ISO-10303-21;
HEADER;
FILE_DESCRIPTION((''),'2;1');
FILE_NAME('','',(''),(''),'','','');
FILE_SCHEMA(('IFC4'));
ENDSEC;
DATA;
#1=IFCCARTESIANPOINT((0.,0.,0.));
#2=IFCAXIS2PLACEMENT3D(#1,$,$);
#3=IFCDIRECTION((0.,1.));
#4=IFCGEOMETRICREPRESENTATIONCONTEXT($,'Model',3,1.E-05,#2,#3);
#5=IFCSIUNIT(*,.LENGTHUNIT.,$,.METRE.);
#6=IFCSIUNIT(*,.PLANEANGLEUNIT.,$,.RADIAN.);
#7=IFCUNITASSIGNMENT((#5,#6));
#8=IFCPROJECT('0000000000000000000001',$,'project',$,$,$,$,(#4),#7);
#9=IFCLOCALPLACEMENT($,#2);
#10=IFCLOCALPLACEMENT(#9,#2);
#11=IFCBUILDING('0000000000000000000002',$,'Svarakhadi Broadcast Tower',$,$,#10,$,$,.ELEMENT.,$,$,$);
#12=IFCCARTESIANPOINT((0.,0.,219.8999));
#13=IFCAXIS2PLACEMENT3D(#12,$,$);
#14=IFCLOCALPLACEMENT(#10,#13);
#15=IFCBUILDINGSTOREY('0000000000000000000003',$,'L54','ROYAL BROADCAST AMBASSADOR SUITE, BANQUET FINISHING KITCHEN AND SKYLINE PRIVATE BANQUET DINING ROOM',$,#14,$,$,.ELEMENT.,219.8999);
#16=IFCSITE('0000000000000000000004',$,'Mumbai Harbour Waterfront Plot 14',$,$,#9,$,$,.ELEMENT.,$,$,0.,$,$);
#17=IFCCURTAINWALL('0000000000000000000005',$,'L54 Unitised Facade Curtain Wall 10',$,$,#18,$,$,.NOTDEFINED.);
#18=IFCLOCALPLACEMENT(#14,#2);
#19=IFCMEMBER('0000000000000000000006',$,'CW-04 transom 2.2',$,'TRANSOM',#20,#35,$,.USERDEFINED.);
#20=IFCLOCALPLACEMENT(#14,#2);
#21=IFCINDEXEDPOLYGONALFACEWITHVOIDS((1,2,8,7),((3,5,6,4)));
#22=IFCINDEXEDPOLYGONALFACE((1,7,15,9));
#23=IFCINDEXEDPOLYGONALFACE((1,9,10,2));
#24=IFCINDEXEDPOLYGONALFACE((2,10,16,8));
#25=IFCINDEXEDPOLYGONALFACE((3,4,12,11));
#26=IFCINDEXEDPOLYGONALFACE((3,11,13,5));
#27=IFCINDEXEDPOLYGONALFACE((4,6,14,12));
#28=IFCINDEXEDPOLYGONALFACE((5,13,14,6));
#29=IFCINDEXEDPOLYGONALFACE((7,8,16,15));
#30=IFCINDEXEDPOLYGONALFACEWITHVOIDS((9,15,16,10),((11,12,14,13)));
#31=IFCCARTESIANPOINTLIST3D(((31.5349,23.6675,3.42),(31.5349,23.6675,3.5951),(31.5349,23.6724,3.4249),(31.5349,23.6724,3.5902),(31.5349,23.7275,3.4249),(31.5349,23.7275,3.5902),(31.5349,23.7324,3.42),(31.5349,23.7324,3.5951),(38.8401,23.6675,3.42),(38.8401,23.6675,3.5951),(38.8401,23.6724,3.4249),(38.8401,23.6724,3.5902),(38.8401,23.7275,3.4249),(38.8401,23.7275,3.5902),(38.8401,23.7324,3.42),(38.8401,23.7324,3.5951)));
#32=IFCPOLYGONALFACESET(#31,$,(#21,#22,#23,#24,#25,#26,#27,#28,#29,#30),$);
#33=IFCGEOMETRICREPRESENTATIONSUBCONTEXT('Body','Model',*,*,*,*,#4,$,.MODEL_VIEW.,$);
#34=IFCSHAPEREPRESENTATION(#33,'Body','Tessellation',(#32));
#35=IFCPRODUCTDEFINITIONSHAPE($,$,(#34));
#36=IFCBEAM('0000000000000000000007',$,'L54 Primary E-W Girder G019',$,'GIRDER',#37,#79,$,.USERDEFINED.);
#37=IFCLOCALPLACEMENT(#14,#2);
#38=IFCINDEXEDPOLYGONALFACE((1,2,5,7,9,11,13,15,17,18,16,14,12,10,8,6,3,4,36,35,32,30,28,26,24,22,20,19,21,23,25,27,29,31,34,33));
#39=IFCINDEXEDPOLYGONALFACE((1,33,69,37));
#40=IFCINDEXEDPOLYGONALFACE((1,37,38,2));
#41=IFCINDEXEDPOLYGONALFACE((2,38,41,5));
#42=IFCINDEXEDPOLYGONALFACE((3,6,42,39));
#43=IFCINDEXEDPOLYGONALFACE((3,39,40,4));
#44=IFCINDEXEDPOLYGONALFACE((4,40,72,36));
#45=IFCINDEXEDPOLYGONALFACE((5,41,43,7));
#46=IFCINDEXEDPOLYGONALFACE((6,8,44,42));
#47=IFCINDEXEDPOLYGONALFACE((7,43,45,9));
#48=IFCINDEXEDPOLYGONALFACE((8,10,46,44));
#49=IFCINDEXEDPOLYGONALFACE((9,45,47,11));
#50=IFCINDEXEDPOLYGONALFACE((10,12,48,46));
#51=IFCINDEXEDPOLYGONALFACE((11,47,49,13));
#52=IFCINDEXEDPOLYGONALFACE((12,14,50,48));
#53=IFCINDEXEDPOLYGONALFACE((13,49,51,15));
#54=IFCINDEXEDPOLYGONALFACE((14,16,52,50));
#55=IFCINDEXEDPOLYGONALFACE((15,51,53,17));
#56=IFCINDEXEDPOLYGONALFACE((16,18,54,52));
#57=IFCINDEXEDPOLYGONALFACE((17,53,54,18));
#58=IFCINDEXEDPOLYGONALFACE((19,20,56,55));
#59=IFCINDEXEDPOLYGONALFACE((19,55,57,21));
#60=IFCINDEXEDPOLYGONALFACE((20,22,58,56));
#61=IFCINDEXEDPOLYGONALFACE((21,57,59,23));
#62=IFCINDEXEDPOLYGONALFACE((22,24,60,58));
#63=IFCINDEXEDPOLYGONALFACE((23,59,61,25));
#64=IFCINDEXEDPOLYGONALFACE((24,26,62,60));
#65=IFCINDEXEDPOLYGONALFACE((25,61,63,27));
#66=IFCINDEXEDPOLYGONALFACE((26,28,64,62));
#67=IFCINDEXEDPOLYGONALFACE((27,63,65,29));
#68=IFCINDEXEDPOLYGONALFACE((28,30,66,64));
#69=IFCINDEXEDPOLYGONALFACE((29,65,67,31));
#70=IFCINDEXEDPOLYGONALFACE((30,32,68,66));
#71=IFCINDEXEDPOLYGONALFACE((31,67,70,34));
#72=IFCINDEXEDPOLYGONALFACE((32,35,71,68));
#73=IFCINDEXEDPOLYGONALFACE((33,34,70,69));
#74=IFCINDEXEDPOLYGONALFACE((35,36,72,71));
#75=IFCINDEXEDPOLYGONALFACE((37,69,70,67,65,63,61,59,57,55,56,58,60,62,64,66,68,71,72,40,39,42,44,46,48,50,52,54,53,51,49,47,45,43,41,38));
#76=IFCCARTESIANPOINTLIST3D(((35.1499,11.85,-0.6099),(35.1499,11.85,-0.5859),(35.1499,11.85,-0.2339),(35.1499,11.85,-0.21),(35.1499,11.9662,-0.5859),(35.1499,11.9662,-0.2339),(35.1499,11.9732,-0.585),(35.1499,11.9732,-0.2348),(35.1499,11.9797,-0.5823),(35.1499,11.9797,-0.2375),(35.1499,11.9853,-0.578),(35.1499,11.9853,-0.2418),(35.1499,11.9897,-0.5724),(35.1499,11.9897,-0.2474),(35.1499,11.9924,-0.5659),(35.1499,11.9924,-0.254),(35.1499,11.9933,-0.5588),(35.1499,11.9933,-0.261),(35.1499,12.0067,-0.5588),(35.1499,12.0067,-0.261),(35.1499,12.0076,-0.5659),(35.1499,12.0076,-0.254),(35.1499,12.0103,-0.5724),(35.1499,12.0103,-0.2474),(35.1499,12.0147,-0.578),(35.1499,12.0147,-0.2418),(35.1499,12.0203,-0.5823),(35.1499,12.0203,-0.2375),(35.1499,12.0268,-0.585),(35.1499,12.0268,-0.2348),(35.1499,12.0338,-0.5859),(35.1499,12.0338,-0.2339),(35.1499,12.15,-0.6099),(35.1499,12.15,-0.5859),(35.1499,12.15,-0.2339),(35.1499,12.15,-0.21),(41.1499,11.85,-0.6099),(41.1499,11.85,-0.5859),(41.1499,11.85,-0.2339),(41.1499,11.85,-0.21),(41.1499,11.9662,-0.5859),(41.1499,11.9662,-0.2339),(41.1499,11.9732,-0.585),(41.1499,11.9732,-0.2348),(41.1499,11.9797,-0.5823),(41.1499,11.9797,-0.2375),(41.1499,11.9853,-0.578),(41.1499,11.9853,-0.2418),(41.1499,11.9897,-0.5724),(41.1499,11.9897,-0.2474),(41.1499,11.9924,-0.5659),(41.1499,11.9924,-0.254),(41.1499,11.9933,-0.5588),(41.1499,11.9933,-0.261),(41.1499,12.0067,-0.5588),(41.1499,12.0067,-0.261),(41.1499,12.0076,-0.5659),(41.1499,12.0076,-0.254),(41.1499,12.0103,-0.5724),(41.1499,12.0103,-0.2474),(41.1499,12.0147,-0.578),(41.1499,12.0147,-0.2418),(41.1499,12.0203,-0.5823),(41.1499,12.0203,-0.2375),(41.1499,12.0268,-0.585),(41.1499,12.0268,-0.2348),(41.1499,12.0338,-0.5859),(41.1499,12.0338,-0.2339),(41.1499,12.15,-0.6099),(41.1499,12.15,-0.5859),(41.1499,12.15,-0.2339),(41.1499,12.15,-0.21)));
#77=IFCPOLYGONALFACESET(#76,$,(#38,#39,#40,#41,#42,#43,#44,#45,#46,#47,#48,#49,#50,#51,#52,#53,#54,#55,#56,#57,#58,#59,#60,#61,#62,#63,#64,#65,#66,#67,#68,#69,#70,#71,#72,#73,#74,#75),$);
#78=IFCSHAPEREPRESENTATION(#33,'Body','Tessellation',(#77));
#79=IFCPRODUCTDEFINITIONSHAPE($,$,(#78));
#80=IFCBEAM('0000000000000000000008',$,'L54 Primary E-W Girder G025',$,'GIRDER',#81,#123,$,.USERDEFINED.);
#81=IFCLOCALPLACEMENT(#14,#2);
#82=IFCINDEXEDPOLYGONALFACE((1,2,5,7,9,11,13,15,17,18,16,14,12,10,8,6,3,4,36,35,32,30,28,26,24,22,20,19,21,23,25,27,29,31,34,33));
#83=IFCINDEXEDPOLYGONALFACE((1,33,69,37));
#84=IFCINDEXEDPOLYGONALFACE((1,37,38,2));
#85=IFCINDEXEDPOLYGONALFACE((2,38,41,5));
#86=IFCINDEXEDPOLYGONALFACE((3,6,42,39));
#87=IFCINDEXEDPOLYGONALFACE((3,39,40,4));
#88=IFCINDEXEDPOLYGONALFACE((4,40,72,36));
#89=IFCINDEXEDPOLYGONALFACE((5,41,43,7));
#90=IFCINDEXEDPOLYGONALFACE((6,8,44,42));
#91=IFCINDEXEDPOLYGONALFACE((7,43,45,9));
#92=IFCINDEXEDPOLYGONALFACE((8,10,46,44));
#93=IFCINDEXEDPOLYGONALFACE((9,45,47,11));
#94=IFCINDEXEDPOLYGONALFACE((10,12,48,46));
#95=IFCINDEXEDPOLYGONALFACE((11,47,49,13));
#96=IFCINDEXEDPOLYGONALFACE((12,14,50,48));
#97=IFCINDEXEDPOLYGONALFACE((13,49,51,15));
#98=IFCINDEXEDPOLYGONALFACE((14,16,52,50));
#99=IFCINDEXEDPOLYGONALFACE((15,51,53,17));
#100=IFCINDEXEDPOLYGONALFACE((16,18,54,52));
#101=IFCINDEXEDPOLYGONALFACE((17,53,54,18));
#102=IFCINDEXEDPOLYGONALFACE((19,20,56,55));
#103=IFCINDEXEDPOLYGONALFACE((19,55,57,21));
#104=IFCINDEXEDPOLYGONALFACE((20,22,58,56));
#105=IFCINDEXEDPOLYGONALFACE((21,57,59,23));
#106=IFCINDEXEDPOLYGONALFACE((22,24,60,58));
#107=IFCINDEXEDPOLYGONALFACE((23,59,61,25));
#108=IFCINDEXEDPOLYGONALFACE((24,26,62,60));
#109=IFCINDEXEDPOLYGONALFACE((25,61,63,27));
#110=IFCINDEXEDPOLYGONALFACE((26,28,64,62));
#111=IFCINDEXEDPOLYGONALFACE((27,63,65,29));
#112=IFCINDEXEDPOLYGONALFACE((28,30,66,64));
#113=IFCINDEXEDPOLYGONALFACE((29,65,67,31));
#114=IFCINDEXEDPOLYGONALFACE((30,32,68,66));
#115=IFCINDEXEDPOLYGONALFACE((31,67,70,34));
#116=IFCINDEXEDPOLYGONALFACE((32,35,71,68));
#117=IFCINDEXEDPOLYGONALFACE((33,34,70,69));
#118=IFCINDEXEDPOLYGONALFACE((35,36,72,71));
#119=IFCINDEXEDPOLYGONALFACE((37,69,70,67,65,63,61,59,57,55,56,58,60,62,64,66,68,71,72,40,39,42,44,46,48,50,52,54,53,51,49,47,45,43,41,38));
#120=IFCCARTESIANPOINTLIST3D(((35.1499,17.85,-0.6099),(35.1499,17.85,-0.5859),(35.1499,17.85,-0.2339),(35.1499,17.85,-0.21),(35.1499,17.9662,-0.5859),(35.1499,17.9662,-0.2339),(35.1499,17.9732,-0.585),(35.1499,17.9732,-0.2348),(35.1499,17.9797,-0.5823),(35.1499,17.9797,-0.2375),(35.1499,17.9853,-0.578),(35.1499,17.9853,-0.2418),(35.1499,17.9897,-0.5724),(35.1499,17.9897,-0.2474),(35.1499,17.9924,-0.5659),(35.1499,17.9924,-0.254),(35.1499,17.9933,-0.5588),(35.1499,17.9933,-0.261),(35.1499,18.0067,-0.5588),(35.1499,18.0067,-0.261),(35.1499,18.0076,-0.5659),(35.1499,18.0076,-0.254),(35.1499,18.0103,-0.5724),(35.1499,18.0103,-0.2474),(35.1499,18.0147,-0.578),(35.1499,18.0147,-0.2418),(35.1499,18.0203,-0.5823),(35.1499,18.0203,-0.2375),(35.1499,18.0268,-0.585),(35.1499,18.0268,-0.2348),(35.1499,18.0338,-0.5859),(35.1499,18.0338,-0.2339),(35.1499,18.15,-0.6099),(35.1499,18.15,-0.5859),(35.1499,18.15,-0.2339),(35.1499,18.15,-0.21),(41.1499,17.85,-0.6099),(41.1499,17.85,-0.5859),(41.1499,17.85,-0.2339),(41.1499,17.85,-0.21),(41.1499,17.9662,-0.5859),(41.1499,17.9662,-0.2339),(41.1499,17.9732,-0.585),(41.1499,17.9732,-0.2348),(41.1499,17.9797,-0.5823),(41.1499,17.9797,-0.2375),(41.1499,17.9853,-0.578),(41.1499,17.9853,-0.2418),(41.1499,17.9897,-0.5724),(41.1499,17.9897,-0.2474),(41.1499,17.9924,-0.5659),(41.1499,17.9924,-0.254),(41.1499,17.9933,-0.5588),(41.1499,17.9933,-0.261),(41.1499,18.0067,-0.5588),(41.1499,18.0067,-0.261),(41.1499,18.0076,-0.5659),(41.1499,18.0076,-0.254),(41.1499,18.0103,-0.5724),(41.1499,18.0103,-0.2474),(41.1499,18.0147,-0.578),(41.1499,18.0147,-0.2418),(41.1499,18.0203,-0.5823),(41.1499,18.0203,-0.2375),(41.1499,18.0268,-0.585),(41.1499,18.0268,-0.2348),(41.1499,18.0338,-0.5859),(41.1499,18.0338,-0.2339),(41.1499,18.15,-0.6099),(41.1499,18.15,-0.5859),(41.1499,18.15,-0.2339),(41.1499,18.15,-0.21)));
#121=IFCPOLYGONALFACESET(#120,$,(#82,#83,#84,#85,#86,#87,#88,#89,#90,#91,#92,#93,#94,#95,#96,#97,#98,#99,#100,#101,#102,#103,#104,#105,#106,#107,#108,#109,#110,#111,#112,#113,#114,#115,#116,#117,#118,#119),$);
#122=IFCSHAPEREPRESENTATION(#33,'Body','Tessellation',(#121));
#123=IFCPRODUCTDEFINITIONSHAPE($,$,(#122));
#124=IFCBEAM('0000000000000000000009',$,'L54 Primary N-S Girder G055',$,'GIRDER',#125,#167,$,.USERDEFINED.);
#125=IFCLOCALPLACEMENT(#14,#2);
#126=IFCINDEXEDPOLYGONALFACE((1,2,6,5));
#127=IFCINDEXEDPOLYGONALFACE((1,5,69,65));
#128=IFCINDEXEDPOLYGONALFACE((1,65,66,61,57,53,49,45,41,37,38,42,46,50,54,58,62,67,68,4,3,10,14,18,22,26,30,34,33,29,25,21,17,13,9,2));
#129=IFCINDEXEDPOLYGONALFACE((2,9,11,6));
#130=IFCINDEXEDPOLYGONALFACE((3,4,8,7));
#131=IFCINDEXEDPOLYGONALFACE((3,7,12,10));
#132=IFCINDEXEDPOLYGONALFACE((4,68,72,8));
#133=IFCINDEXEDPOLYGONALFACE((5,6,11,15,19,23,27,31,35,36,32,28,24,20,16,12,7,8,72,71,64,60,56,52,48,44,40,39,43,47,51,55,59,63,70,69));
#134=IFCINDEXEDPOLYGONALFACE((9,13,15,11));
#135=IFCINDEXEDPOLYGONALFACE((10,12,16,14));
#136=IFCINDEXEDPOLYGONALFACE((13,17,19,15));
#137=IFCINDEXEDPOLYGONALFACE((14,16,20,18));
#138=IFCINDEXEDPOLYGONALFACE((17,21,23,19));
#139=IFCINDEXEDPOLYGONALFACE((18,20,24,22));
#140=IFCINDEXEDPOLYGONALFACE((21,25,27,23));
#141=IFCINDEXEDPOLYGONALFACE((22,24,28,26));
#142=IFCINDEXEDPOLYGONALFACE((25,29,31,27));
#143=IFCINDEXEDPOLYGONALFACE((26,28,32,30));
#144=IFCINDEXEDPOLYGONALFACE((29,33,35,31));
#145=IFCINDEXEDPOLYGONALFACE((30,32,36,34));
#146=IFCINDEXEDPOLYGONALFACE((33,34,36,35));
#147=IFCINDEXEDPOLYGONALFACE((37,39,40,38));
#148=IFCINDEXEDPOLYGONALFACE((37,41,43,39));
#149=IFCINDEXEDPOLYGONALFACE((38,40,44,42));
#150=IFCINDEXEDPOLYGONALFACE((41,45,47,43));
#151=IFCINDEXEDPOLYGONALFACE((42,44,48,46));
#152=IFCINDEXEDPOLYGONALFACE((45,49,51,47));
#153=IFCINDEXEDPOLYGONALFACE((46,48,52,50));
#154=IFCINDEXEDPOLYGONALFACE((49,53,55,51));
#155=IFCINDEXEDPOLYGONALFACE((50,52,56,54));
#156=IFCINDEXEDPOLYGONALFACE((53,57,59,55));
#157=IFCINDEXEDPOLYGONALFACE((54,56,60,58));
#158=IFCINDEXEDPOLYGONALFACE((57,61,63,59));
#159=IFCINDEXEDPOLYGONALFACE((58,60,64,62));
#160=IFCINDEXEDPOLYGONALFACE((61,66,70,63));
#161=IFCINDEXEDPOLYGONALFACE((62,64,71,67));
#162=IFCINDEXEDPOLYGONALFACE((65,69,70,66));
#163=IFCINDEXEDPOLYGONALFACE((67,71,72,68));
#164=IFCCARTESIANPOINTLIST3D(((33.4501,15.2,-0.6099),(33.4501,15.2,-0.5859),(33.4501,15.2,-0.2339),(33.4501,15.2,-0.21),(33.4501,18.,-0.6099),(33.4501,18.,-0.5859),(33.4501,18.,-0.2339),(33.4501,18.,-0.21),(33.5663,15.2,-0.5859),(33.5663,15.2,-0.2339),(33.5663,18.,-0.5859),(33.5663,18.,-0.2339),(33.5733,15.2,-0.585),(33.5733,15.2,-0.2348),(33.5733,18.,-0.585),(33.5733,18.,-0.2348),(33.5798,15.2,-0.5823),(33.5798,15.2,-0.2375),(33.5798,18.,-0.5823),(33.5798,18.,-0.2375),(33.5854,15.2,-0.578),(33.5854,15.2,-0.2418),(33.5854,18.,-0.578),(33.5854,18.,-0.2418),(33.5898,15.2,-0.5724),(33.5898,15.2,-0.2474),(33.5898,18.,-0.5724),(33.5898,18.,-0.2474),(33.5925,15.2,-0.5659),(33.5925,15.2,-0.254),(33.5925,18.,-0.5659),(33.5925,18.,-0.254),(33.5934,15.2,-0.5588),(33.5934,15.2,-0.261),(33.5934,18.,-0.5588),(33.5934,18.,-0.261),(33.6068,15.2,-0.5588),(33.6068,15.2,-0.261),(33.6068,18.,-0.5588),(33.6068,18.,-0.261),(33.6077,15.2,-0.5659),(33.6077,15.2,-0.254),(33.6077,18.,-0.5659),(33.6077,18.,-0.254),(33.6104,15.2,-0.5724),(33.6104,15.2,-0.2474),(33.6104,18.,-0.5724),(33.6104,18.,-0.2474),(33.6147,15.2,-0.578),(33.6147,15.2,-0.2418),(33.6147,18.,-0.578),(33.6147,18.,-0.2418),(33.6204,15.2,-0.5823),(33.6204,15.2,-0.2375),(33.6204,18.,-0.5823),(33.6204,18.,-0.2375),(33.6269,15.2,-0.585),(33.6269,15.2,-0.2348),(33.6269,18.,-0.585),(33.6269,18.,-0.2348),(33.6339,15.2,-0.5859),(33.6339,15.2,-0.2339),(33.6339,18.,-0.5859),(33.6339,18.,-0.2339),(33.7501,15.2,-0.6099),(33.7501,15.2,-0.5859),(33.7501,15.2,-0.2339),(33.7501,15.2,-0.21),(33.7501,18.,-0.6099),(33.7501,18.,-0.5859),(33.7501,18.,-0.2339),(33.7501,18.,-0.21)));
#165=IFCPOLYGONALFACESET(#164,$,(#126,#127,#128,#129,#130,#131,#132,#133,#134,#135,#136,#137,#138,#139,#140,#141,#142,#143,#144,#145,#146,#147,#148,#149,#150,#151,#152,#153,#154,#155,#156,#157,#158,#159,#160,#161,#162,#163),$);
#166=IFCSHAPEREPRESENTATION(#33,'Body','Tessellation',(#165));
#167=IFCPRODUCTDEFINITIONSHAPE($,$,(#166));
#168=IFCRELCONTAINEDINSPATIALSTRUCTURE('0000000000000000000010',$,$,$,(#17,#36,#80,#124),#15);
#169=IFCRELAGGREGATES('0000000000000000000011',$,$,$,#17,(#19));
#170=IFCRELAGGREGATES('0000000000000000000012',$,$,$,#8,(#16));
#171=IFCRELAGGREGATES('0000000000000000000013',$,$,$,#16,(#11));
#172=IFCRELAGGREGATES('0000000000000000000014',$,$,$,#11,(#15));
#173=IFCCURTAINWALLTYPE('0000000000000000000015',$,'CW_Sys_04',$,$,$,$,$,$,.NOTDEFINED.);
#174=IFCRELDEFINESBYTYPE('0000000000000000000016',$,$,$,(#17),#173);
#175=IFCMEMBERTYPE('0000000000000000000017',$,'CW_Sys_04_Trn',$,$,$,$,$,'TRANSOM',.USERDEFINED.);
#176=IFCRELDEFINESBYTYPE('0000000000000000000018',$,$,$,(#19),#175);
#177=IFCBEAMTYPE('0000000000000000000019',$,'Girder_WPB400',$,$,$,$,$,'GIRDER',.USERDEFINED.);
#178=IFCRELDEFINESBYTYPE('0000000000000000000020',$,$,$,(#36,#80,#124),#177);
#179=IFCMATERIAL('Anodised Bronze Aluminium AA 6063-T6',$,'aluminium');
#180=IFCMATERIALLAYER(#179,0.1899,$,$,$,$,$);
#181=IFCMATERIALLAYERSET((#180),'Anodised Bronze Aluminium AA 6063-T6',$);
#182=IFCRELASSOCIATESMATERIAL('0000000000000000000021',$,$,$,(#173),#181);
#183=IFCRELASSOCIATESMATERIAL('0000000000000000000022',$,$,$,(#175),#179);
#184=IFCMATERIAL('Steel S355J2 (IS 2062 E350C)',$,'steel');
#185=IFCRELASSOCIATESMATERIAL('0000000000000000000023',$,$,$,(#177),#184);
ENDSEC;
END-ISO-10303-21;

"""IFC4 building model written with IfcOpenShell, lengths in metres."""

from ifc_helpers import new_model, si_unit, direction, frame, origin, origin_2d, place, context, subcontext, project, spatial, hollow_rectangle, i_section, extrude, material, layer, layer_set, material_profile, profile_set, type_object, element, aggregate, save


model = new_model("IFC4")

# Units and contexts
model_context = context("Model", 3, precision=1e-05, world=origin(), true_north=direction((0.0, 1.0)))
body_context = subcontext(model_context, "Body", "Model", "MODEL_VIEW")
ifc_project = project(units=[si_unit("LENGTHUNIT", "METRE"), si_unit("PLANEANGLEUNIT", "RADIAN")], contexts=[model_context])

# Site, building, storey
site_placement = place(None, origin())
site = spatial("IfcSite", under=ifc_project, at=site_placement, Name="Mumbai Harbour Waterfront Plot 14", CompositionType="ELEMENT", RefElevation=0.0)
building_placement = place(site_placement, origin())
building = spatial("IfcBuilding", under=site, at=building_placement, Name="Svarakhadi Broadcast Tower", CompositionType="ELEMENT")
storey_placement = place(building_placement, frame((0.0, 0.0, 219.8999)))
storey = spatial("IfcBuildingStorey", under=building, at=storey_placement, Name="L54", Description="ROYAL BROADCAST AMBASSADOR SUITE, BANQUET FINISHING KITCHEN AND SKYLINE PRIVATE BANQUET DINING ROOM", CompositionType="ELEMENT", Elevation=219.8999)

# Shared definitions
ifc_material_1 = material(Name="Steel S355J2 (IS 2062 E350C)", Category="steel")

# Curtain wall, member
ifc_material_2 = material(Name="Anodised Bronze Aluminium AA 6063-T6", Category="aluminium")
ifc_layer_1 = layer(ifc_material_2, 0.1899)
ifc_layer_set_1 = layer_set([ifc_layer_1], Name="Anodised Bronze Aluminium AA 6063-T6")
curtain_wall_type = type_object("IfcCurtainWallType", Name="CW_Sys_04", PredefinedType="NOTDEFINED", material=ifc_layer_set_1)
curtain_wall_placement = place(storey_placement, origin())
curtain_wall = element("IfcCurtainWall", 1, at=curtain_wall_placement, inside=storey, type_object=curtain_wall_type, Name="L54 Unitised Facade Curtain Wall 10", PredefinedType="NOTDEFINED")
ifc_material_profile_1 = material_profile(ifc_material_2, hollow_rectangle(XDim=0.0649, YDim=0.175, WallThickness=0.0049, at=origin_2d()), Name="ALU TRANSOM 175x65x5")
ifc_profile_set_1 = profile_set([ifc_material_profile_1], Name="Anodised Bronze Aluminium AA 6063-T6")
member_type_1 = type_object("IfcMemberType", Name="CW_Sys_04_Trn", ElementType="TRANSOM", PredefinedType="USERDEFINED", material=ifc_profile_set_1)
member_1_placement = place(storey_placement, frame((31.5349, 23.7, 3.5076), z_axis=(1.0, 0.0, 0.0), x_axis=(0.0, 1.0, 0.0)))
member_1 = element("IfcMember", 2, at=member_1_placement, type_object=member_type_1, Name="CW-04 transom 2.2", ObjectType="TRANSOM", PredefinedType="USERDEFINED", context=body_context, shape_type="SweptSolid", body=[
    extrude(hollow_rectangle(XDim=0.0649, YDim=0.175, WallThickness=0.0049, at=origin_2d()), origin(), (0.0, 0.0, 1.0), 7.3052),
])

# Beams
ifc_material_profile_2 = material_profile(ifc_material_1, i_section(OverallWidth=0.3, OverallDepth=0.3999, WebThickness=0.0134, FlangeThickness=0.0239, FilletRadius=0.0271, at=origin_2d()), Name="WPB 400x300x155")
ifc_profile_set_2 = profile_set([ifc_material_profile_2], Name="Steel S355J2 (IS 2062 E350C)")
beam_type_1 = type_object("IfcBeamType", Name="Girder_WPB400", ElementType="GIRDER", PredefinedType="USERDEFINED", material=ifc_profile_set_2)
for number, where, z_axis, x_axis, name in (
    (3, (35.1499, 12.0, -0.4099), (1.0, 0.0, 0.0), (0.0, 1.0, 0.0), "L54 Primary E-W Girder G019"),
    (4, (35.1499, 18.0, -0.4099), (1.0, 0.0, 0.0), (0.0, 1.0, 0.0), "L54 Primary E-W Girder G025"),
):
    element("IfcBeam", number, at=place(storey_placement, frame(where, z_axis=z_axis, x_axis=x_axis)), inside=storey, type_object=beam_type_1, Name=name, ObjectType="GIRDER", PredefinedType="USERDEFINED", context=body_context, shape_type="SweptSolid", body=[
        extrude(i_section(OverallWidth=0.3, OverallDepth=0.3999, WebThickness=0.0134, FlangeThickness=0.0239, FilletRadius=0.0271, at=origin_2d()), origin(), (0.0, 0.0, 1.0), 6.0),
    ])
beam_1_placement = place(storey_placement, frame((33.6001, 15.2, -0.4099), z_axis=(0.0, 1.0, 0.0), x_axis=(-1.0, 0.0, 0.0)))
element("IfcBeam", 5, at=beam_1_placement, inside=storey, type_object=beam_type_1, Name="L54 Primary N-S Girder G055", ObjectType="GIRDER", PredefinedType="USERDEFINED", context=body_context, shape_type="SweptSolid", body=[
    extrude(i_section(OverallWidth=0.3, OverallDepth=0.3999, WebThickness=0.0134, FlangeThickness=0.0239, FilletRadius=0.0271, at=origin_2d()), origin(), (0.0, 0.0, 1.0), 2.8),
])

aggregate(curtain_wall, [member_1])

save(model, "model.ifc")
